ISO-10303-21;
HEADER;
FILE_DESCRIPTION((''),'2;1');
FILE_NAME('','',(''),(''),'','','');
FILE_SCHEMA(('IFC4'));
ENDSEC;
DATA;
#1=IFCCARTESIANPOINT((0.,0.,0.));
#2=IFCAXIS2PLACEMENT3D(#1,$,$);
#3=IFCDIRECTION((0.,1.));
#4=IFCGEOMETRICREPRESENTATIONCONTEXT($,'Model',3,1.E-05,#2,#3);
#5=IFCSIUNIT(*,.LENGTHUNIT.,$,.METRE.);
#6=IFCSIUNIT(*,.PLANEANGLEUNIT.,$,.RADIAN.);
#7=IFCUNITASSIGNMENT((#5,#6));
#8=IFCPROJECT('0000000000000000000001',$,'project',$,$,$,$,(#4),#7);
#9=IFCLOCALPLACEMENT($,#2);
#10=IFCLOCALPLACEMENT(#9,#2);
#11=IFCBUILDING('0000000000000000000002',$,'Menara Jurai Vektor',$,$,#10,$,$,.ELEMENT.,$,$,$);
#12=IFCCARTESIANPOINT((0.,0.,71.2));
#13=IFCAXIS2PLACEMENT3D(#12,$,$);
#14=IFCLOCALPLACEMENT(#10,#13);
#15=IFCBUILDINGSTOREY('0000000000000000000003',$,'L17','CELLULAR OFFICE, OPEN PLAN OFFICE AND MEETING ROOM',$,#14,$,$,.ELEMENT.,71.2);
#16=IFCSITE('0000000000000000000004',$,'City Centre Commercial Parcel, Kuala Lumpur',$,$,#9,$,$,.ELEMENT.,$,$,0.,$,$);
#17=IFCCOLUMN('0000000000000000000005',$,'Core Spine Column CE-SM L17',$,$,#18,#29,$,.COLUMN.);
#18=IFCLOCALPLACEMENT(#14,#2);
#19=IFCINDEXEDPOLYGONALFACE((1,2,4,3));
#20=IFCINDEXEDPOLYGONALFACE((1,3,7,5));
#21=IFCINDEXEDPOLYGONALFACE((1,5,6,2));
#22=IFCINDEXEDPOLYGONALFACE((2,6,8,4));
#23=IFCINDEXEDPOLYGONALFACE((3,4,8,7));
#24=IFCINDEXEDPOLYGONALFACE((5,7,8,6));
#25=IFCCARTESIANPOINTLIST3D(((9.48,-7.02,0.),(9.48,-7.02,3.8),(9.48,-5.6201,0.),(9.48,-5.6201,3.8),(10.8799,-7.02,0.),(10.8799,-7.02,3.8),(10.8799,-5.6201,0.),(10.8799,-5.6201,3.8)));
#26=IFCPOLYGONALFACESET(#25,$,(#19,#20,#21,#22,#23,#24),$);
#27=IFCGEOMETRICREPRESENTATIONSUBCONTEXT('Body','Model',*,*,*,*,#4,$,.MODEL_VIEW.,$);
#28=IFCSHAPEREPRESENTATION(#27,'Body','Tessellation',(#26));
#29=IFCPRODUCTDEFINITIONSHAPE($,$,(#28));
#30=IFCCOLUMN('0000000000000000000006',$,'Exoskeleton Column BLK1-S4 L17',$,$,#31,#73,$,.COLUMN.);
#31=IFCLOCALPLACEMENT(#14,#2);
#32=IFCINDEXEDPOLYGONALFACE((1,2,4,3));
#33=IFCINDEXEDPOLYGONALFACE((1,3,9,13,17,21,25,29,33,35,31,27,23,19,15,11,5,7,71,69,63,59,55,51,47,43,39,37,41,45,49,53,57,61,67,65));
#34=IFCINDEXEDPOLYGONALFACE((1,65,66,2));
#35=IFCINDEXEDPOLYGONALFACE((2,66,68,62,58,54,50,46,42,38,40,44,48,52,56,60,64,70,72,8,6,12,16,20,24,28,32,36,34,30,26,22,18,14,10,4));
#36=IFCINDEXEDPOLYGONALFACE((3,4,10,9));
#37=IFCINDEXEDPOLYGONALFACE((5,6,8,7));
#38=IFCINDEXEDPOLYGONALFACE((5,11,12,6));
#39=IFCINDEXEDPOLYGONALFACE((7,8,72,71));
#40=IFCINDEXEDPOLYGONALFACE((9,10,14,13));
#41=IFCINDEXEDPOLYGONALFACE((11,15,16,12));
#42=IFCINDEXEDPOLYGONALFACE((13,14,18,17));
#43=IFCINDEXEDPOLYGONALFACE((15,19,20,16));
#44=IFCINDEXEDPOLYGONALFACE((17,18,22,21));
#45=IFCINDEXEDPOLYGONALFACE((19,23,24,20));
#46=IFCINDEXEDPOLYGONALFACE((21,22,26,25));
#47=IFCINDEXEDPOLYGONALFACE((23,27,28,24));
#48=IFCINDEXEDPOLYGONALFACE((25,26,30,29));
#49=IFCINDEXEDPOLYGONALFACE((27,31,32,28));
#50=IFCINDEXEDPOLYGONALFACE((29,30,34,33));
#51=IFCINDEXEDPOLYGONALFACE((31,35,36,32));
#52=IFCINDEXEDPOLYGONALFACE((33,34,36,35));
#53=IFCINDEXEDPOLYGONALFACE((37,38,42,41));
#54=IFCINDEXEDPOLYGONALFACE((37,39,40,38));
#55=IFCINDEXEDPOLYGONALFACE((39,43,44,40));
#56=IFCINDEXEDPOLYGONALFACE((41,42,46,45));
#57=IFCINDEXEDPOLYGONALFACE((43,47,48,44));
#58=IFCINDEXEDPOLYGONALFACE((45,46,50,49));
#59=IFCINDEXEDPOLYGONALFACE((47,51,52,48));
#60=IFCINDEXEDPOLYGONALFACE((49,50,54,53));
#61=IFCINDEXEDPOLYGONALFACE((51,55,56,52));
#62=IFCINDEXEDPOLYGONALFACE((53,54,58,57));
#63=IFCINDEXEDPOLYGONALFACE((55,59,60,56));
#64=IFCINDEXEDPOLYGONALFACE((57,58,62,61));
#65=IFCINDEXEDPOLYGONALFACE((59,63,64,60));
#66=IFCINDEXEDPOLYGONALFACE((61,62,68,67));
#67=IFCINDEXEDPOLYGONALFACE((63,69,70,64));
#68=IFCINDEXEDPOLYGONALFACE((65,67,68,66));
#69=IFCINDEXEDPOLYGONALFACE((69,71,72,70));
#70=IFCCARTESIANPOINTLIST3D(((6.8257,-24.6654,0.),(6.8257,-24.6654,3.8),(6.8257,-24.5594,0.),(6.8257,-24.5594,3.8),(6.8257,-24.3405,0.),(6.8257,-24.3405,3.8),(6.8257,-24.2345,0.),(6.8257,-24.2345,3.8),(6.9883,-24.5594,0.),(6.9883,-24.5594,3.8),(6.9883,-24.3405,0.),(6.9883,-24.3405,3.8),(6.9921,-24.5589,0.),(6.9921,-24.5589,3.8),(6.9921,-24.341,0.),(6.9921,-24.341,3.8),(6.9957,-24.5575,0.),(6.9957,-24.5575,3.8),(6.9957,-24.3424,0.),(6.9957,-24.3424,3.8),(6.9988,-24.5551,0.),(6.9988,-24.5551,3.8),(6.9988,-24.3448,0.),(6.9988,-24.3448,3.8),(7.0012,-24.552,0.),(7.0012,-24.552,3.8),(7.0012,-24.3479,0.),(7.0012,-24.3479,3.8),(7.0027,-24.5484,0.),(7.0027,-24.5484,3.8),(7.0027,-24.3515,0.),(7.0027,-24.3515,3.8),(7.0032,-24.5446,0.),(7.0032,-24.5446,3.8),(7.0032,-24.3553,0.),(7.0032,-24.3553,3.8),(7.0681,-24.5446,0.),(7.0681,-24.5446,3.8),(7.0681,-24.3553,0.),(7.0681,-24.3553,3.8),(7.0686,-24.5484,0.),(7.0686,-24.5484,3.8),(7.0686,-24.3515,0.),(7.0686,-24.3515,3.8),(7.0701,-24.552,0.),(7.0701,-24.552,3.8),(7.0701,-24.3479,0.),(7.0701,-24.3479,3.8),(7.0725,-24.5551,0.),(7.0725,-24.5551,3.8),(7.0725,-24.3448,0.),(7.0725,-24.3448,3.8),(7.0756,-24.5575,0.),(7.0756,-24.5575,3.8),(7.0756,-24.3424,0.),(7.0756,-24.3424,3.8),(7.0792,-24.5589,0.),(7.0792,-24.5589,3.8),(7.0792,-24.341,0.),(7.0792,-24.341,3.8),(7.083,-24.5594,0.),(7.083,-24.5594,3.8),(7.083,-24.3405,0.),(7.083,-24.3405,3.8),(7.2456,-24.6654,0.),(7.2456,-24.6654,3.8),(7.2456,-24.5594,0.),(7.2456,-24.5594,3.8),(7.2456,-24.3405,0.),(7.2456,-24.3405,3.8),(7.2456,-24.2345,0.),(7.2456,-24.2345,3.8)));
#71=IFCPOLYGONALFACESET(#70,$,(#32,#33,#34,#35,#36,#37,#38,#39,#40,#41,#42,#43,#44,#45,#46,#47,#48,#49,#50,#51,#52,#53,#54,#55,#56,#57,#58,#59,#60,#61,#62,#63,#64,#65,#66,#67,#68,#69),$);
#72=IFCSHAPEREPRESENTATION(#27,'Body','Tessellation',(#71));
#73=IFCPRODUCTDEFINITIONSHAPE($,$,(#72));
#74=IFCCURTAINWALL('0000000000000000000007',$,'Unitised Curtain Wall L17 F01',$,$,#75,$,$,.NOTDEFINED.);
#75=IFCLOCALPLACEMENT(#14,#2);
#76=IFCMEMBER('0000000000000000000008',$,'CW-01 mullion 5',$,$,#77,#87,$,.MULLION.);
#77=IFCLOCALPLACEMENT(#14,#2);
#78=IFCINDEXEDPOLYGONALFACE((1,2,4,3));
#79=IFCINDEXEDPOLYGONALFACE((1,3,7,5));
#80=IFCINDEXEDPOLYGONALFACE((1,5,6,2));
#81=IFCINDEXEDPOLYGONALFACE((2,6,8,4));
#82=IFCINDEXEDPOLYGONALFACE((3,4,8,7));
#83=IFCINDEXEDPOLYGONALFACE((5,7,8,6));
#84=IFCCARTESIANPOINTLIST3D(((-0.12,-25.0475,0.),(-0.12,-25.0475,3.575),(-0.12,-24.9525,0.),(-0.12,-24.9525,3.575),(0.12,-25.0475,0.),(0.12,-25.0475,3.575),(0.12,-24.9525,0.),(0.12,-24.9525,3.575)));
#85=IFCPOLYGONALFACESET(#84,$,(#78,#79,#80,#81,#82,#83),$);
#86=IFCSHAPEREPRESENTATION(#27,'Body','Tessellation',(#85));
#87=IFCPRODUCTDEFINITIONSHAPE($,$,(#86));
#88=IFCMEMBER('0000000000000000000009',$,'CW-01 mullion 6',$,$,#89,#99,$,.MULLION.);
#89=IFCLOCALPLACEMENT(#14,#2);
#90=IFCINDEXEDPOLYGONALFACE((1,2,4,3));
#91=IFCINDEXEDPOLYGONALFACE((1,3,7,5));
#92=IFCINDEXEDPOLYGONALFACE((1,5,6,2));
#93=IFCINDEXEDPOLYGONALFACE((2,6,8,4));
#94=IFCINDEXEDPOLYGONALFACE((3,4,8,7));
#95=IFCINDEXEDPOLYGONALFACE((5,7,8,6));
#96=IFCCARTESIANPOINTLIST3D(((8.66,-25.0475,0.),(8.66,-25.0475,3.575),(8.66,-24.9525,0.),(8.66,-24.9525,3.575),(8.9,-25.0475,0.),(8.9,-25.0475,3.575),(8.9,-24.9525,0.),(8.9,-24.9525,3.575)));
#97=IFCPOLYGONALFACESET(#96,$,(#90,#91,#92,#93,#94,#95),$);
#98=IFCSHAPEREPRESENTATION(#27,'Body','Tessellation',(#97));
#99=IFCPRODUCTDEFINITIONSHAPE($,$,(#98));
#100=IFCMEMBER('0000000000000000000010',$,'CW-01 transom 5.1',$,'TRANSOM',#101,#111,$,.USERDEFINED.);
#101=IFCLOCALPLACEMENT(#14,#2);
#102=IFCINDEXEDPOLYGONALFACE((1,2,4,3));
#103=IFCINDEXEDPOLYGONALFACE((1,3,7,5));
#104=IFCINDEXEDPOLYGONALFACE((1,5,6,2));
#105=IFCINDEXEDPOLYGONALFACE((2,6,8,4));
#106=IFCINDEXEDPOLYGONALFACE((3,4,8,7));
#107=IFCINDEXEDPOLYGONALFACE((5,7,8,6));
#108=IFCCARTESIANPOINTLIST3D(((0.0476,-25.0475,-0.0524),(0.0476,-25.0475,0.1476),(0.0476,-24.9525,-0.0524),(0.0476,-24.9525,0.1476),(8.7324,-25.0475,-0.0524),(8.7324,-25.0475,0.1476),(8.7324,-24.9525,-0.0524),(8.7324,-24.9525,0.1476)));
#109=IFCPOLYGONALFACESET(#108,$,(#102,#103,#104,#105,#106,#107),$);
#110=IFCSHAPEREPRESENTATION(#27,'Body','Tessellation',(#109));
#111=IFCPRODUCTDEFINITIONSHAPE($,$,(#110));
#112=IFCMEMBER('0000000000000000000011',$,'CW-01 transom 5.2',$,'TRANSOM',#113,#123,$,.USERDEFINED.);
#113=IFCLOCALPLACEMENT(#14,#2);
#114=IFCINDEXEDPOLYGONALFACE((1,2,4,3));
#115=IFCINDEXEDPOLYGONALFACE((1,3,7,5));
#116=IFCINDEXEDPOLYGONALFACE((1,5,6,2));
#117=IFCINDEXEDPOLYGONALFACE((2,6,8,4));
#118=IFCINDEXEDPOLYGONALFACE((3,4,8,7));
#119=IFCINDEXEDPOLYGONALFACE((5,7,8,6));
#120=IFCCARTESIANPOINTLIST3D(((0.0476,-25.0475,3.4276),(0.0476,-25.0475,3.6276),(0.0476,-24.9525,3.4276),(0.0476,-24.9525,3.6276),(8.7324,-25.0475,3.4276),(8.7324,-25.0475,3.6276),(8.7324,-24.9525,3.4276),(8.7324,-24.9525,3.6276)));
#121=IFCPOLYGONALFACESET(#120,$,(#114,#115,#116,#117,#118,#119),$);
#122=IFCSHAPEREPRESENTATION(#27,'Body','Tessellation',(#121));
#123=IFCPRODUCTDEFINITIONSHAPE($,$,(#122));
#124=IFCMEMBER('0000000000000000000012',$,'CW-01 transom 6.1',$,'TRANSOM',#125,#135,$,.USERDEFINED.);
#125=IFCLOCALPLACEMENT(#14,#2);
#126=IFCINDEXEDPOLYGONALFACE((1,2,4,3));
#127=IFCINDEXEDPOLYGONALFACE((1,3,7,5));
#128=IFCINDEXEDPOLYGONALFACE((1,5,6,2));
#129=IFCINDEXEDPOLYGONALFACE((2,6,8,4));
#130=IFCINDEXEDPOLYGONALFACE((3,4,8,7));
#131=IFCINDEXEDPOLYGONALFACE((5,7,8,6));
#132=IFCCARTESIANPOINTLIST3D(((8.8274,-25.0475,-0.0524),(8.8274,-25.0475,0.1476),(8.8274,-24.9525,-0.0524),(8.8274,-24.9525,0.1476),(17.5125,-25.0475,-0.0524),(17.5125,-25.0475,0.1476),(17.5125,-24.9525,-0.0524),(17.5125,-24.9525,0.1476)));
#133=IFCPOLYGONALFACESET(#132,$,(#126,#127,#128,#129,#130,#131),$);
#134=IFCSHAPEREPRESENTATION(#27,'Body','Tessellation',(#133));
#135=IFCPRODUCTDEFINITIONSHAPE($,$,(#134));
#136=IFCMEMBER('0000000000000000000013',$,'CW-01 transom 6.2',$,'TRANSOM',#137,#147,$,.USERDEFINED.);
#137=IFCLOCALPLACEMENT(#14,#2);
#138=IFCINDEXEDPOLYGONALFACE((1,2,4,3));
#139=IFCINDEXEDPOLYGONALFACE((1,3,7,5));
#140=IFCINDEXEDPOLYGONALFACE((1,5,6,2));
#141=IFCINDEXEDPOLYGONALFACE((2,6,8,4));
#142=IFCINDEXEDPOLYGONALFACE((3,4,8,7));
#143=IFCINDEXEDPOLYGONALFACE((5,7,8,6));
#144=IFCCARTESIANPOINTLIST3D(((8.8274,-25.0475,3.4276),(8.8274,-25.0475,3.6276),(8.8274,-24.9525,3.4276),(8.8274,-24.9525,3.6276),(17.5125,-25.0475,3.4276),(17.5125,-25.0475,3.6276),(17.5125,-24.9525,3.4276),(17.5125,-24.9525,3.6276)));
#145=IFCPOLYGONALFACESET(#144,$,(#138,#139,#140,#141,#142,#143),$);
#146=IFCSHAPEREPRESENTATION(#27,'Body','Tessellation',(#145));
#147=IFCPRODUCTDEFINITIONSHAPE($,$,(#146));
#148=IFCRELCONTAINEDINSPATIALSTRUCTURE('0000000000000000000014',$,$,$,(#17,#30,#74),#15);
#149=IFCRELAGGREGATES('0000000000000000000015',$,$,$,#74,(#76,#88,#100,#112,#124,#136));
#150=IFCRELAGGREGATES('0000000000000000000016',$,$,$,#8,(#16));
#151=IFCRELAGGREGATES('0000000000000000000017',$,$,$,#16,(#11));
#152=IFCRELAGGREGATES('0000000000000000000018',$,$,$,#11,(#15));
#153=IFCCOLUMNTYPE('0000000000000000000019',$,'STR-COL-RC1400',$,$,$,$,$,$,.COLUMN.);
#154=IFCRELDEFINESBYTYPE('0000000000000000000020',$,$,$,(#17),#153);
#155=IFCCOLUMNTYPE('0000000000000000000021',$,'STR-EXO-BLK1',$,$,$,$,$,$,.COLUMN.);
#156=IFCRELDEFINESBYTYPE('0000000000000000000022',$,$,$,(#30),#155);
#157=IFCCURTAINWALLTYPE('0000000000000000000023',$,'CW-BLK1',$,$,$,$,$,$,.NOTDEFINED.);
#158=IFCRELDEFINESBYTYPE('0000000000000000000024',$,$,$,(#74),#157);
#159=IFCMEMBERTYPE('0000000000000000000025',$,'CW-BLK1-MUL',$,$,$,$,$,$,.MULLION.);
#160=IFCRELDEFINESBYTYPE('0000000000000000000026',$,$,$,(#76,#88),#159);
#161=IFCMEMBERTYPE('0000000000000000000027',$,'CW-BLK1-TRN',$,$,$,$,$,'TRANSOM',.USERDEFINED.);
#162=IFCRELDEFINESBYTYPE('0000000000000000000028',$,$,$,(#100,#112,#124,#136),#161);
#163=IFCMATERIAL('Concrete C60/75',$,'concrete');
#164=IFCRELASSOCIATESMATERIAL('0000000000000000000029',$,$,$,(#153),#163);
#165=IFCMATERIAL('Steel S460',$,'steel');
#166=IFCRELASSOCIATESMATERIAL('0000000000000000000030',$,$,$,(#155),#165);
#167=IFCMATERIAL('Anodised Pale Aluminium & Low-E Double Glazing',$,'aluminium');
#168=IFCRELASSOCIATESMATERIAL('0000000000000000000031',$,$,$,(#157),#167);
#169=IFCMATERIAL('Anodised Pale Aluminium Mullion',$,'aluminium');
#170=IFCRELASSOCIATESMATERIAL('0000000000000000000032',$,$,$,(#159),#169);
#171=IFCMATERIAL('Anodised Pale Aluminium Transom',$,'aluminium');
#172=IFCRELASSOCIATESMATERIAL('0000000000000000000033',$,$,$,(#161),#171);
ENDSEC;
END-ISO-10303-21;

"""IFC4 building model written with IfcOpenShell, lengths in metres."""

from ifc_helpers import new_model, si_unit, direction, frame, origin, origin_2d, place, context, subcontext, project, spatial, rectangle, i_section, extrude, material, material_profile, profile_set, type_object, element, aggregate, save


model = new_model("IFC4")

# Units and contexts
model_context = context("Model", 3, precision=1e-05, world=origin(), true_north=direction((0.0, 1.0)))
body_context = subcontext(model_context, "Body", "Model", "MODEL_VIEW")
ifc_project = project(units=[si_unit("LENGTHUNIT", "METRE"), si_unit("PLANEANGLEUNIT", "RADIAN")], contexts=[model_context])

# Site, building, storey
site_placement = place(None, origin())
site = spatial("IfcSite", under=ifc_project, at=site_placement, Name="City Centre Commercial Parcel, Kuala Lumpur", CompositionType="ELEMENT", RefElevation=0.0)
building_placement = place(site_placement, origin())
building = spatial("IfcBuilding", under=site, at=building_placement, Name="Menara Jurai Vektor", CompositionType="ELEMENT")
storey_placement = place(building_placement, frame((0.0, 0.0, 71.2)))
storey = spatial("IfcBuildingStorey", under=building, at=storey_placement, Name="L17", Description="CELLULAR OFFICE, OPEN PLAN OFFICE AND MEETING ROOM", CompositionType="ELEMENT", Elevation=71.2)

# Columns
ifc_material_1 = material(Name="Concrete C60/75", Category="concrete")
ifc_material_profile_1 = material_profile(ifc_material_1, rectangle(XDim=1.3999, YDim=1.3999, at=origin_2d()), Name="RC 1400x1400")
ifc_profile_set_1 = profile_set([ifc_material_profile_1], Name="Concrete C60/75")
column_type_1 = type_object("IfcColumnType", Name="STR-COL-RC1400", PredefinedType="COLUMN", material=ifc_profile_set_1)
column_1_placement = place(storey_placement, frame((10.1799, -6.3201, 0.0), z_axis=(0.0, 0.0, 1.0), x_axis=(1.0, 0.0, 0.0)))
element("IfcColumn", 1, at=column_1_placement, inside=storey, type_object=column_type_1, Name="Core Spine Column CE-SM L17", PredefinedType="COLUMN", context=body_context, shape_type="SweptSolid", body=[
    extrude(rectangle(XDim=1.3999, YDim=1.3999, at=origin_2d()), origin(), (0.0, 0.0, 1.0), 3.8),
])
ifc_material_2 = material(Name="Steel S460", Category="steel")
ifc_material_profile_2 = material_profile(ifc_material_2, i_section(OverallWidth=0.4199, OverallDepth=0.4309, WebThickness=0.0649, FlangeThickness=0.106, FilletRadius=0.0149, at=origin_2d()), Name="HD 400x900")
ifc_profile_set_2 = profile_set([ifc_material_profile_2], Name="Steel S460")
column_type_2 = type_object("IfcColumnType", Name="STR-EXO-BLK1", PredefinedType="COLUMN", material=ifc_profile_set_2)
column_2_placement = place(storey_placement, frame((7.0356, -24.45, 0.0), z_axis=(0.0, 0.0, 1.0), x_axis=(1.0, 0.0, 0.0)))
element("IfcColumn", 2, at=column_2_placement, inside=storey, type_object=column_type_2, Name="Exoskeleton Column BLK1-S4 L17", PredefinedType="COLUMN", context=body_context, shape_type="SweptSolid", body=[
    extrude(i_section(OverallWidth=0.4199, OverallDepth=0.4309, WebThickness=0.0649, FlangeThickness=0.106, FilletRadius=0.0149, at=origin_2d()), origin(), (0.0, 0.0, 1.0), 3.8),
])

# Curtain wall, members
ifc_material_3 = material(Name="Anodised Pale Aluminium & Low-E Double Glazing", Category="aluminium")
curtain_wall_type = type_object("IfcCurtainWallType", Name="CW-BLK1", PredefinedType="NOTDEFINED", material=ifc_material_3)
curtain_wall_placement = place(storey_placement, origin())
curtain_wall = element("IfcCurtainWall", 3, at=curtain_wall_placement, inside=storey, type_object=curtain_wall_type, Name="Unitised Curtain Wall L17 F01", PredefinedType="NOTDEFINED")
ifc_material_4 = material(Name="Anodised Pale Aluminium Mullion", Category="aluminium")
ifc_material_profile_3 = material_profile(ifc_material_4, rectangle(XDim=0.095, YDim=0.24, at=origin_2d()), Name="ALU MUL 95x240")
ifc_profile_set_3 = profile_set([ifc_material_profile_3], Name="Anodised Pale Aluminium Mullion")
member_type_1 = type_object("IfcMemberType", Name="CW-BLK1-MUL", PredefinedType="MULLION", material=ifc_profile_set_3)
member_1_placement = place(storey_placement, frame((0.0, -25.0, 0.0), z_axis=(0.0, 0.0, 1.0), x_axis=(0.0, 1.0, 0.0)))
member_1 = element("IfcMember", 4, at=member_1_placement, type_object=member_type_1, Name="CW-01 mullion 5", PredefinedType="MULLION", context=body_context, shape_type="SweptSolid", body=[
    extrude(rectangle(XDim=0.095, YDim=0.24, at=origin_2d()), origin(), (0.0, 0.0, 1.0), 3.575),
])
member_2_placement = place(storey_placement, frame((8.78, -25.0, 0.0), z_axis=(0.0, 0.0, 1.0), x_axis=(0.0, 1.0, 0.0)))
member_2 = element("IfcMember", 5, at=member_2_placement, type_object=member_type_1, Name="CW-01 mullion 6", PredefinedType="MULLION", context=body_context, shape_type="SweptSolid", body=[
    extrude(rectangle(XDim=0.095, YDim=0.24, at=origin_2d()), origin(), (0.0, 0.0, 1.0), 3.575),
])
ifc_material_5 = material(Name="Anodised Pale Aluminium Transom", Category="aluminium")
ifc_material_profile_4 = material_profile(ifc_material_5, rectangle(XDim=0.095, YDim=0.2, at=origin_2d()), Name="ALU TRN 95x200")
ifc_profile_set_4 = profile_set([ifc_material_profile_4], Name="Anodised Pale Aluminium Transom")
member_type_2 = type_object("IfcMemberType", Name="CW-BLK1-TRN", ElementType="TRANSOM", PredefinedType="USERDEFINED", material=ifc_profile_set_4)
member_3_placement = place(storey_placement, frame((0.0476, -25.0, 0.0476), z_axis=(1.0, 0.0, 0.0), x_axis=(0.0, 1.0, 0.0)))
member_3 = element("IfcMember", 6, at=member_3_placement, type_object=member_type_2, Name="CW-01 transom 5.1", ObjectType="TRANSOM", PredefinedType="USERDEFINED", context=body_context, shape_type="SweptSolid", body=[
    extrude(rectangle(XDim=0.095, YDim=0.2, at=origin_2d()), origin(), (0.0, 0.0, 1.0), 8.6848),
])
member_4_placement = place(storey_placement, frame((0.0476, -25.0, 3.5276), z_axis=(1.0, 0.0, 0.0), x_axis=(0.0, 1.0, 0.0)))
member_4 = element("IfcMember", 7, at=member_4_placement, type_object=member_type_2, Name="CW-01 transom 5.2", ObjectType="TRANSOM", PredefinedType="USERDEFINED", context=body_context, shape_type="SweptSolid", body=[
    extrude(rectangle(XDim=0.095, YDim=0.2, at=origin_2d()), origin(), (0.0, 0.0, 1.0), 8.6848),
])
member_5_placement = place(storey_placement, frame((8.8274, -25.0, 0.0476), z_axis=(1.0, 0.0, 0.0), x_axis=(0.0, 1.0, 0.0)))
member_5 = element("IfcMember", 8, at=member_5_placement, type_object=member_type_2, Name="CW-01 transom 6.1", ObjectType="TRANSOM", PredefinedType="USERDEFINED", context=body_context, shape_type="SweptSolid", body=[
    extrude(rectangle(XDim=0.095, YDim=0.2, at=origin_2d()), origin(), (0.0, 0.0, 1.0), 8.6851),
])
member_6_placement = place(storey_placement, frame((8.8274, -25.0, 3.5276), z_axis=(1.0, 0.0, 0.0), x_axis=(0.0, 1.0, 0.0)))
member_6 = element("IfcMember", 9, at=member_6_placement, type_object=member_type_2, Name="CW-01 transom 6.2", ObjectType="TRANSOM", PredefinedType="USERDEFINED", context=body_context, shape_type="SweptSolid", body=[
    extrude(rectangle(XDim=0.095, YDim=0.2, at=origin_2d()), origin(), (0.0, 0.0, 1.0), 8.6851),
])

aggregate(curtain_wall, [member_1, member_2, member_3, member_4, member_5, member_6])

save(model, "model.ifc")
